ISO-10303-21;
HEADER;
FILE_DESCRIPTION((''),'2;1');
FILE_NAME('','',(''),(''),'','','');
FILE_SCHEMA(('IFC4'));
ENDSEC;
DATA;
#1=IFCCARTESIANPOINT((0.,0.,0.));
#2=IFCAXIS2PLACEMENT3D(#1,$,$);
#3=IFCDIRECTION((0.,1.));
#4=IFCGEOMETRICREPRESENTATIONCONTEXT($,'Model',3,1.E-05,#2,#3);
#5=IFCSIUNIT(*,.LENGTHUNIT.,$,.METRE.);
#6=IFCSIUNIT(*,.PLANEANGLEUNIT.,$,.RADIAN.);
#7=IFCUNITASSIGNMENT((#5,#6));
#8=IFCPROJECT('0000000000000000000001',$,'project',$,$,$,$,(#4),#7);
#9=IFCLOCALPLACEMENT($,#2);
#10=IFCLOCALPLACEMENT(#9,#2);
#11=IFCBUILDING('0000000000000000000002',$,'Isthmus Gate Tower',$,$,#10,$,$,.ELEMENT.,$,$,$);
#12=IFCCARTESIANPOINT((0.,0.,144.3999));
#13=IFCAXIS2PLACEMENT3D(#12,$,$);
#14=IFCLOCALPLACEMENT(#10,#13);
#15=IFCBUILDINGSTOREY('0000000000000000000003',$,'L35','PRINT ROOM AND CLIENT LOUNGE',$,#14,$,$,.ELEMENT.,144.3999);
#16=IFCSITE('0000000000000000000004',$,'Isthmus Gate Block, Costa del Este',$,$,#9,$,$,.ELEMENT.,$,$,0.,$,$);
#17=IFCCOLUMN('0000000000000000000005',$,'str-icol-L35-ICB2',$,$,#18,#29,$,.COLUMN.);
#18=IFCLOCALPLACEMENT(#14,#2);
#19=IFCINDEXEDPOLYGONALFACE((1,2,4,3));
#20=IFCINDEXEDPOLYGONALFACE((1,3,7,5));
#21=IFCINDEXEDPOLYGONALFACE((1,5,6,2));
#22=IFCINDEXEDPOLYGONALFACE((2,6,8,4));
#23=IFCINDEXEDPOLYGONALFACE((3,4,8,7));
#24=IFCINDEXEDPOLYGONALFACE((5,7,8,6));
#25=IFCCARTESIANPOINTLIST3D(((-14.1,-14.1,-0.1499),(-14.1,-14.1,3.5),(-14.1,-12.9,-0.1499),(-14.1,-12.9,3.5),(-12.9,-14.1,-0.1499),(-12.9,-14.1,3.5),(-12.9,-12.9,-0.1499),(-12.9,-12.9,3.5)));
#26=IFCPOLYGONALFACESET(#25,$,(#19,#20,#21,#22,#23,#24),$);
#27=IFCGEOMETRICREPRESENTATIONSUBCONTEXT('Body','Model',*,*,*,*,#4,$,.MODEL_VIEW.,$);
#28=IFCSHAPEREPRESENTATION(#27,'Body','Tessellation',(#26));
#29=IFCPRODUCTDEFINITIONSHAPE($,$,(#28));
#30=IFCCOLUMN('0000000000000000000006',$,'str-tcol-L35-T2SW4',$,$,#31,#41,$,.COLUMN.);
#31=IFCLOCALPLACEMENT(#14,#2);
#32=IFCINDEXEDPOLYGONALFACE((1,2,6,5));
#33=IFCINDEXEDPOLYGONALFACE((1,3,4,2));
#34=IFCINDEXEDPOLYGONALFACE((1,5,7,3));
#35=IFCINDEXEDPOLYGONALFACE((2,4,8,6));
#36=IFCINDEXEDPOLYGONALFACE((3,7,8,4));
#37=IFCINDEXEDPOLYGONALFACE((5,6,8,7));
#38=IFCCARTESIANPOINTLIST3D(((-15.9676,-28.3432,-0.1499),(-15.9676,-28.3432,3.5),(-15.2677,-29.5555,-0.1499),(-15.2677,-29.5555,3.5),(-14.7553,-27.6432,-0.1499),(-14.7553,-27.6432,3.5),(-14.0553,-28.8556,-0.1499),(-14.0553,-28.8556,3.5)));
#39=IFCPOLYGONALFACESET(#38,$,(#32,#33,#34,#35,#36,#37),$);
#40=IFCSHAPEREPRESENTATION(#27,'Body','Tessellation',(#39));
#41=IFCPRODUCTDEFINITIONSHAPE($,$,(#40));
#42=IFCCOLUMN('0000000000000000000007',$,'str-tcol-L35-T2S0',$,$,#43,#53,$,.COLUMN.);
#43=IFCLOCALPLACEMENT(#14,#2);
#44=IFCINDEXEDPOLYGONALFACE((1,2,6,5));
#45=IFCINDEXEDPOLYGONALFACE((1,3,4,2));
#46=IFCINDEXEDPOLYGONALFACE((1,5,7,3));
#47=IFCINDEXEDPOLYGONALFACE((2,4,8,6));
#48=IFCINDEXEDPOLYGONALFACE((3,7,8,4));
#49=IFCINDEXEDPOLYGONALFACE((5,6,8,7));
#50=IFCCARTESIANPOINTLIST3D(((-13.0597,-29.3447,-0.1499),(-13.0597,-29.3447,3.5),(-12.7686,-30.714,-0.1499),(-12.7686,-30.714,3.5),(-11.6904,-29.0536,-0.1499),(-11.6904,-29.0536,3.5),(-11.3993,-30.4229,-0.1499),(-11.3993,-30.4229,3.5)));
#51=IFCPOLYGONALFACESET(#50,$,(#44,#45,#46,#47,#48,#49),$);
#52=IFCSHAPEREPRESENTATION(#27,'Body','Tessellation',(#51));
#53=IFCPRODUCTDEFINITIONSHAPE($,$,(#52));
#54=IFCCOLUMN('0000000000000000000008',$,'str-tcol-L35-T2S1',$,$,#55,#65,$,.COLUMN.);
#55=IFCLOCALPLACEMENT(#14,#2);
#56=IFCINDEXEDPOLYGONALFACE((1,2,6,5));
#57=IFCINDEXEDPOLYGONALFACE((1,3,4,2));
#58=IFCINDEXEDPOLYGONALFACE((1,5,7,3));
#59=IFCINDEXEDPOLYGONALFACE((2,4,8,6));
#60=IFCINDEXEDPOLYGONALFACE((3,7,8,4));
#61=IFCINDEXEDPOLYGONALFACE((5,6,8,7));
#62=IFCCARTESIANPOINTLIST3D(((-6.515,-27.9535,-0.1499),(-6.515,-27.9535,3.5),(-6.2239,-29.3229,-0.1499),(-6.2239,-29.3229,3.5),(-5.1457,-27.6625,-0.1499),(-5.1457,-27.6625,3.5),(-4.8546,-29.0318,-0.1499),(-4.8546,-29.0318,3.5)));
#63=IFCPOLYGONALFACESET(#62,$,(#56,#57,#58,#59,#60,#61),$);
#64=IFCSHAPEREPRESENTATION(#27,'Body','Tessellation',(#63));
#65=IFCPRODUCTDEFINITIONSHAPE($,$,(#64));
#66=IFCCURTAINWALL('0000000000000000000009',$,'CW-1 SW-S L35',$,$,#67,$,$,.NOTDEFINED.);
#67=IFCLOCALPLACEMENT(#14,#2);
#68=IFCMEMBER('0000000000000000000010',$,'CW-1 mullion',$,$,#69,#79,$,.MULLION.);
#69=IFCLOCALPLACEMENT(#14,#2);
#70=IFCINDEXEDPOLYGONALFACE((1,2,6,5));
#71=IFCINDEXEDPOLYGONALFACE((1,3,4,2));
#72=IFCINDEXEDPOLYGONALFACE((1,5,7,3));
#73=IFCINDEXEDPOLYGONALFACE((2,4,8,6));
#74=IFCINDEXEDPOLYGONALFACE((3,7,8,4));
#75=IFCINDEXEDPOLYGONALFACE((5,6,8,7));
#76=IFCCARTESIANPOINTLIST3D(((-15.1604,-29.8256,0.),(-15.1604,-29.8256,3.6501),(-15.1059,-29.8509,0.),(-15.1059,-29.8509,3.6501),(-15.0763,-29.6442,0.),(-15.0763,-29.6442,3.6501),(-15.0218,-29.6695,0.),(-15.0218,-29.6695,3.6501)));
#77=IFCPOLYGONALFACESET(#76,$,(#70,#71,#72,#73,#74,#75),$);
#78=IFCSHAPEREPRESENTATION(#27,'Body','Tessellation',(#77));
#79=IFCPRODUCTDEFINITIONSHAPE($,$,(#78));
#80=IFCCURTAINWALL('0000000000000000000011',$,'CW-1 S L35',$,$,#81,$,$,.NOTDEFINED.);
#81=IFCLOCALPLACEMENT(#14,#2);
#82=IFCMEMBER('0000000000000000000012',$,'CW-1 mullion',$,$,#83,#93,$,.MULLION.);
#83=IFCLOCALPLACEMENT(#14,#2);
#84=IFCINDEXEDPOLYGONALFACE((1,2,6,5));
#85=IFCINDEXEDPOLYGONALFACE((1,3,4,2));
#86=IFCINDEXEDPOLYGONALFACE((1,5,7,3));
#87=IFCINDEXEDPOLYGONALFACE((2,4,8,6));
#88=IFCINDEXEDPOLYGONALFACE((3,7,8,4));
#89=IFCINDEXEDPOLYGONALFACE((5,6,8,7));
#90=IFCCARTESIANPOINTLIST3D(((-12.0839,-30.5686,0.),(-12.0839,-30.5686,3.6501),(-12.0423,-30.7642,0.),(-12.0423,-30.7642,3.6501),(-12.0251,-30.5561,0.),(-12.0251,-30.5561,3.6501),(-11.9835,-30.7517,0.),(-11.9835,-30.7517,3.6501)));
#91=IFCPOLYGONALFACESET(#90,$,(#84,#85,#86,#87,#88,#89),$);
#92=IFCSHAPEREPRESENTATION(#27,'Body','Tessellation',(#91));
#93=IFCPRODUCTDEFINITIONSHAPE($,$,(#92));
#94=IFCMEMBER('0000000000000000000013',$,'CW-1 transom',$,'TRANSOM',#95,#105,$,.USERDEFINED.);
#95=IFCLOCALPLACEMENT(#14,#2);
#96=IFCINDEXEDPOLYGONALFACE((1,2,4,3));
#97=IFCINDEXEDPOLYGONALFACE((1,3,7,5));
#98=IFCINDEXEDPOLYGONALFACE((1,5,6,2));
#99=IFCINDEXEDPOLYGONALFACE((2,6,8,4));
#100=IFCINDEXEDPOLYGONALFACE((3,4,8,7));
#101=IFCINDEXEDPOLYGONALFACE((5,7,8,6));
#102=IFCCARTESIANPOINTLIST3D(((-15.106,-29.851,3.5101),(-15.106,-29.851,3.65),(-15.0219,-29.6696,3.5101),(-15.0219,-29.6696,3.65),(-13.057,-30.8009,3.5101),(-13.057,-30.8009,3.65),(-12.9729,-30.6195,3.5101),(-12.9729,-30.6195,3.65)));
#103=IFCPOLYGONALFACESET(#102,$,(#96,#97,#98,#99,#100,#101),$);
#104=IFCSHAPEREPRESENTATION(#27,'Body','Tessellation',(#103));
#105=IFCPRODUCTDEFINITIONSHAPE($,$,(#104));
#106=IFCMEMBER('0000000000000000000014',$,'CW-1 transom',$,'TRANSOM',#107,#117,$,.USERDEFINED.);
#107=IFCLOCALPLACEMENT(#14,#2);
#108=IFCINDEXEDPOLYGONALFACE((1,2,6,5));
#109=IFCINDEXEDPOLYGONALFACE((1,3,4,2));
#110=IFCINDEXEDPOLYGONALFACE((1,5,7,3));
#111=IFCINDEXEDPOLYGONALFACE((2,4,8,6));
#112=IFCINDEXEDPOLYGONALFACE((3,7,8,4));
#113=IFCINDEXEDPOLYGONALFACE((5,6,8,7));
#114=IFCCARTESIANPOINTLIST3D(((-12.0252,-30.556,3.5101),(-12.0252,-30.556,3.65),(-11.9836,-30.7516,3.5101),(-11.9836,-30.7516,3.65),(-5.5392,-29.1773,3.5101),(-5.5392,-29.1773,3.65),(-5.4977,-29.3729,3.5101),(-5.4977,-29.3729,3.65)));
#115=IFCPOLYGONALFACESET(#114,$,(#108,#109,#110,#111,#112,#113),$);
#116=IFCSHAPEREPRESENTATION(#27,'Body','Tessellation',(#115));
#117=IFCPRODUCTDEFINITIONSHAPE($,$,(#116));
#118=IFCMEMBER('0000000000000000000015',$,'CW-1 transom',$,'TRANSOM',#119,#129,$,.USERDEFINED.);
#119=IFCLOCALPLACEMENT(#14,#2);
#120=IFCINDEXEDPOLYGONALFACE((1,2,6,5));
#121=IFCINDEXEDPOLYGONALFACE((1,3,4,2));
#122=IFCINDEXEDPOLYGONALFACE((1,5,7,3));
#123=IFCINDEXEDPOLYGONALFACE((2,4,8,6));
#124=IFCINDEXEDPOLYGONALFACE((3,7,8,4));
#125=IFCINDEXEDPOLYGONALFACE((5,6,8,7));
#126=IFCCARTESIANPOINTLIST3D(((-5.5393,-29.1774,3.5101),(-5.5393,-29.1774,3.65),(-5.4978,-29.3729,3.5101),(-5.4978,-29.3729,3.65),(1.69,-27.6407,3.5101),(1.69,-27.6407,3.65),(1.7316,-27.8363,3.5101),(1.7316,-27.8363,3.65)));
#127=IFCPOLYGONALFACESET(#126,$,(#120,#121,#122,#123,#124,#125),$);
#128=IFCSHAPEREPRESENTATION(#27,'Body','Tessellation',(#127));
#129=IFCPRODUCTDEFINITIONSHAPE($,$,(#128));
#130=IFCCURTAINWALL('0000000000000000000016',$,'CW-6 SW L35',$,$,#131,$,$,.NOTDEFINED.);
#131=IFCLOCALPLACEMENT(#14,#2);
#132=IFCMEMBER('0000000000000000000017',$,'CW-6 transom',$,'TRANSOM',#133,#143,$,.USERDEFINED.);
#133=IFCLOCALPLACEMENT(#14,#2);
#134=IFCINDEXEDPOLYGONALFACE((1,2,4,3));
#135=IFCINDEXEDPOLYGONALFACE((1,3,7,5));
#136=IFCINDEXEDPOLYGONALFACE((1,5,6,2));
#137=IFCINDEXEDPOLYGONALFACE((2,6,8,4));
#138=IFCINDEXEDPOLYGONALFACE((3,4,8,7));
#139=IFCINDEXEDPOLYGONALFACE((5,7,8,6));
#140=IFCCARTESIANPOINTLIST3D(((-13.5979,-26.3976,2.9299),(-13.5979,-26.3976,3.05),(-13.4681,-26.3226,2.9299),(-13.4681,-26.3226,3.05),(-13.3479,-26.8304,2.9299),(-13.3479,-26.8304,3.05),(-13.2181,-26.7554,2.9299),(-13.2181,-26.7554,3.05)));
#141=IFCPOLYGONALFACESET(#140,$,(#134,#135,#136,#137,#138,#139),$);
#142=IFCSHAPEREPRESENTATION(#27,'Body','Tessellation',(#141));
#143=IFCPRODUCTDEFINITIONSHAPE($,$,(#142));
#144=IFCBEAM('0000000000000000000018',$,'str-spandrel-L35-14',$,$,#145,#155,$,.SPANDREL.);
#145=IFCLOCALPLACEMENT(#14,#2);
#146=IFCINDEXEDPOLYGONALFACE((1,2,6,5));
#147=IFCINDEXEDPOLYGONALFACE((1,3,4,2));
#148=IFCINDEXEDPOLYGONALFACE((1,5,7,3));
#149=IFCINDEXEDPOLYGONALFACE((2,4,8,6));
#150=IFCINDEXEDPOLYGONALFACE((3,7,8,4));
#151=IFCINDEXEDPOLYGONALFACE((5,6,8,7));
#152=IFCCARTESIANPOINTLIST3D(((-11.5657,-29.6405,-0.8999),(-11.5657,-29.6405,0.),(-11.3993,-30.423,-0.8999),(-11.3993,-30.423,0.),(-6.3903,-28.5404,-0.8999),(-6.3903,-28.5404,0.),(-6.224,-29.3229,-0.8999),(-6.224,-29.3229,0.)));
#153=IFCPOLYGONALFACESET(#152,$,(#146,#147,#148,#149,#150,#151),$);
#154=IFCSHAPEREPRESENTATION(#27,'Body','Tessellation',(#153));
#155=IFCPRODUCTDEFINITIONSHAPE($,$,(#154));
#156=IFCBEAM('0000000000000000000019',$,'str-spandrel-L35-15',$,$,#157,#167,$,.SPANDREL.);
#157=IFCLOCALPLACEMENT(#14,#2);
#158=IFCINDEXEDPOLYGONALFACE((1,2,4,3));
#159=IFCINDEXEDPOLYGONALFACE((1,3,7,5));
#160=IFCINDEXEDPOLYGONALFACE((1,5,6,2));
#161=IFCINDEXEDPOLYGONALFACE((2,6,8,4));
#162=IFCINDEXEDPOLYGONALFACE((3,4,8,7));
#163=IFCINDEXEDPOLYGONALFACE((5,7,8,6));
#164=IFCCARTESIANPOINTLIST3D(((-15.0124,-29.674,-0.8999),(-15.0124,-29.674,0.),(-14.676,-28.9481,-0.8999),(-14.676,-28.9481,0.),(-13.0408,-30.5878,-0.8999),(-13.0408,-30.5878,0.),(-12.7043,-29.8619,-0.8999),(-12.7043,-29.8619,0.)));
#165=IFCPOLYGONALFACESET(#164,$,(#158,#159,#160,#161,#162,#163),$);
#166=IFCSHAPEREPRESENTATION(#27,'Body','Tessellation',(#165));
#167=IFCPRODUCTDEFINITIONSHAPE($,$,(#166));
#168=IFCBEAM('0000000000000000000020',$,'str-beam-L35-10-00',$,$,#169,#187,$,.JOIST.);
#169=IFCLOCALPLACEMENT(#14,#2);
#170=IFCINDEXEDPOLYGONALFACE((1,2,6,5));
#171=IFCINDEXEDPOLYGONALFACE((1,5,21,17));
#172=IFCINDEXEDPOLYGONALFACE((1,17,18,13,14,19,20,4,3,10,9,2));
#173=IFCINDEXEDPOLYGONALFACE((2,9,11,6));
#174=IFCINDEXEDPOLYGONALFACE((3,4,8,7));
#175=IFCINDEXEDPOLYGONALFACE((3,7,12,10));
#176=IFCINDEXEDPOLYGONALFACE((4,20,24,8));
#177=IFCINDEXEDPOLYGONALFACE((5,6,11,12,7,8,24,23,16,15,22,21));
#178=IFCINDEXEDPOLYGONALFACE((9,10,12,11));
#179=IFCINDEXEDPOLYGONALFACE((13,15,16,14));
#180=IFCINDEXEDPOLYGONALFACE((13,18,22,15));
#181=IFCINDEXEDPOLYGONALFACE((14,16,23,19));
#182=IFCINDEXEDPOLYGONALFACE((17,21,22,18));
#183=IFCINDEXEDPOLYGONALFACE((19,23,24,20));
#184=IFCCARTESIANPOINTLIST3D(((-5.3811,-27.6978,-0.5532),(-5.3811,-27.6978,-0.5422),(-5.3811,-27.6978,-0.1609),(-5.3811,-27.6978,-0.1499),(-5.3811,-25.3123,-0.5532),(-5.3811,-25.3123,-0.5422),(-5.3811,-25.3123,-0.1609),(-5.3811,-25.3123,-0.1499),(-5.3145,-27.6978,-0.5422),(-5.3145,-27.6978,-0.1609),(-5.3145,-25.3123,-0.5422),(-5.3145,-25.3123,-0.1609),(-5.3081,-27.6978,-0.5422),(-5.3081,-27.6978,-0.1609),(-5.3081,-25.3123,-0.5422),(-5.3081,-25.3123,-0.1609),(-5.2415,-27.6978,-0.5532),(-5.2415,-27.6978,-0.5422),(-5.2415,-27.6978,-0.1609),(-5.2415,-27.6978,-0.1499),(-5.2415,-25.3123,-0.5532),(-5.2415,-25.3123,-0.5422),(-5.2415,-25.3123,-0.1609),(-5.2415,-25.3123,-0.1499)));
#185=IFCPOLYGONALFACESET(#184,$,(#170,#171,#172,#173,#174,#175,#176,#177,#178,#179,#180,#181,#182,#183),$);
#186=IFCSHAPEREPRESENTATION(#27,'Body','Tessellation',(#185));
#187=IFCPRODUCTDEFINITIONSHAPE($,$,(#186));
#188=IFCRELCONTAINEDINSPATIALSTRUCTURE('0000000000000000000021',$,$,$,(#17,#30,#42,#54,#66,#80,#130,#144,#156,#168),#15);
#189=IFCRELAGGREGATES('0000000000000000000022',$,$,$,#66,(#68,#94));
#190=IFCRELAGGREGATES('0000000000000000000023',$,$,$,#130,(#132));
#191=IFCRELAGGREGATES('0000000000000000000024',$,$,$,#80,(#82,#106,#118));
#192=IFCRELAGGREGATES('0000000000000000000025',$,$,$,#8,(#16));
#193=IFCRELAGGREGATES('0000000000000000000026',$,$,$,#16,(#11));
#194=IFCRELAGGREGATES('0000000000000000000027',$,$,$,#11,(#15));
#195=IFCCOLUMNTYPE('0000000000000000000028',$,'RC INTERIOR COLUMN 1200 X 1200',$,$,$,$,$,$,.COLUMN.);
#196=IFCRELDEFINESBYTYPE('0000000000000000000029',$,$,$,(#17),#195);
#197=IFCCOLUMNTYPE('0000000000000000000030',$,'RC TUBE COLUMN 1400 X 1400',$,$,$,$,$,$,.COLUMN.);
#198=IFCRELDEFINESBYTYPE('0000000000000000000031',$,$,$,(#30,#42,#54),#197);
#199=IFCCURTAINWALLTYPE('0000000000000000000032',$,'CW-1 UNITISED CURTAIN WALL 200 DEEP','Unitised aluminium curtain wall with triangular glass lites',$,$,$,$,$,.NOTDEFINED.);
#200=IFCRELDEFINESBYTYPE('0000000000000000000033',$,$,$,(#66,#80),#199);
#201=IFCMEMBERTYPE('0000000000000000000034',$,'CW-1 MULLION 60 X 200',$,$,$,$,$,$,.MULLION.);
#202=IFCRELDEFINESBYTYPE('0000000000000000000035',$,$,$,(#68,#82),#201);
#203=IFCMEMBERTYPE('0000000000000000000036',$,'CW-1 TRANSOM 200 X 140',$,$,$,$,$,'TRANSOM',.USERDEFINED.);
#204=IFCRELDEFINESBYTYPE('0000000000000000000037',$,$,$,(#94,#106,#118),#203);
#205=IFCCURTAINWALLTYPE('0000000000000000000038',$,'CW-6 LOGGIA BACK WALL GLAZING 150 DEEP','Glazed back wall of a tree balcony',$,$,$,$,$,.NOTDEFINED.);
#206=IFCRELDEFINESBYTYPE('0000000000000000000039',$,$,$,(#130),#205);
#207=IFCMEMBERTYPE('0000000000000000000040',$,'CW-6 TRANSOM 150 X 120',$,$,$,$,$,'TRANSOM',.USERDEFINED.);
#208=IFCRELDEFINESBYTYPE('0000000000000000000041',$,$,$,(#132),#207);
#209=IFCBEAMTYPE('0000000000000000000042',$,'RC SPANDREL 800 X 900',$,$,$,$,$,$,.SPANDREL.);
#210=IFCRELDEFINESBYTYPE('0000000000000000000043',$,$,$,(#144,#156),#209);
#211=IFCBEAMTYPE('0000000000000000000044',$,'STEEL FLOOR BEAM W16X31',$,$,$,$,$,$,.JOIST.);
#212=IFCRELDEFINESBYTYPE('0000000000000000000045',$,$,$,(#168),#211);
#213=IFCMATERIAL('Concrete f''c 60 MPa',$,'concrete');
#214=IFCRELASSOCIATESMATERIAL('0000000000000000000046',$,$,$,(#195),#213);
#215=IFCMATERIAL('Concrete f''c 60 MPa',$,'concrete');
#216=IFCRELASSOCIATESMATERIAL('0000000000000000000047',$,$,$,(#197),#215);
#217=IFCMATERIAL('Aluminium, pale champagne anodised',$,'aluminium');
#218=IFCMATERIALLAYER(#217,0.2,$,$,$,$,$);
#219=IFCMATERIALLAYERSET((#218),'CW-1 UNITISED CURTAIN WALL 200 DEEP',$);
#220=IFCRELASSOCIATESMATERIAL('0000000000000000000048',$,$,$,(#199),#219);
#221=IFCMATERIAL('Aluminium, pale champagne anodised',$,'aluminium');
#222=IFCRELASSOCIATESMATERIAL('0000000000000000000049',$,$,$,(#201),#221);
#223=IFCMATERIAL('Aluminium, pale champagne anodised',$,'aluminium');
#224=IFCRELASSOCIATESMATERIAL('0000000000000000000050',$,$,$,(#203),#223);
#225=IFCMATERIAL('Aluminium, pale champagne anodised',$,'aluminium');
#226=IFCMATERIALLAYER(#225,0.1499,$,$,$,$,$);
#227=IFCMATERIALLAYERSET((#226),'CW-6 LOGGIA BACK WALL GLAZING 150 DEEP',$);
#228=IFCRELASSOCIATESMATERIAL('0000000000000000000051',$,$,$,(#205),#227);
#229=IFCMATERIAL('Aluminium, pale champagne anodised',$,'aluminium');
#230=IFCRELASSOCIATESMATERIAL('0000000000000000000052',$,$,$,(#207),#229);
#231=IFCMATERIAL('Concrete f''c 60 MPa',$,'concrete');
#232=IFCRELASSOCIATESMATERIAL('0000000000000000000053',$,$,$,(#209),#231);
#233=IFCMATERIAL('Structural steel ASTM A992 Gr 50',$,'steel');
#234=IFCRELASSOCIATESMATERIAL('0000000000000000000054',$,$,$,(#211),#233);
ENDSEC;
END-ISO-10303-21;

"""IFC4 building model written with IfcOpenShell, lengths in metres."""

from ifc_helpers import new_model, si_unit, direction, frame, origin, origin_2d, place, context, subcontext, project, spatial, rectangle, i_section, extrude, material, layer, layer_set, material_profile, profile_set, type_object, element, aggregate, save


model = new_model("IFC4")

# Units and contexts
model_context = context("Model", 3, precision=1e-05, world=origin(), true_north=direction((0.0, 1.0)))
body_context = subcontext(model_context, "Body", "Model", "MODEL_VIEW")
ifc_project = project(units=[si_unit("LENGTHUNIT", "METRE"), si_unit("PLANEANGLEUNIT", "RADIAN")], contexts=[model_context])

# Site, building, storey
site_placement = place(None, origin())
site = spatial("IfcSite", under=ifc_project, at=site_placement, Name="Isthmus Gate Block, Costa del Este", CompositionType="ELEMENT", RefElevation=0.0)
building_placement = place(site_placement, origin())
building = spatial("IfcBuilding", under=site, at=building_placement, Name="Isthmus Gate Tower", CompositionType="ELEMENT")
storey_placement = place(building_placement, frame((0.0, 0.0, 144.3999)))
storey = spatial("IfcBuildingStorey", under=building, at=storey_placement, Name="L35", Description="PRINT ROOM AND CLIENT LOUNGE", CompositionType="ELEMENT", Elevation=144.3999)

# Columns
ifc_material_1 = material(Name="Concrete f'c 60 MPa", Category="concrete")
ifc_material_profile_1 = material_profile(ifc_material_1, rectangle(XDim=1.2, YDim=1.2, at=origin_2d()), Name="RC 1200X1200")
ifc_profile_set_1 = profile_set([ifc_material_profile_1], Name="Concrete f'c 60 MPa")
column_type_1 = type_object("IfcColumnType", Name="RC INTERIOR COLUMN 1200 X 1200", PredefinedType="COLUMN", material=ifc_profile_set_1)
column_placement = place(storey_placement, frame((-13.5, -13.5, -0.1499), z_axis=(0.0, 0.0, 1.0), x_axis=(1.0, 0.0, 0.0)))
element("IfcColumn", 1, at=column_placement, inside=storey, type_object=column_type_1, Name="str-icol-L35-ICB2", PredefinedType="COLUMN", context=body_context, shape_type="SweptSolid", body=[
    extrude(rectangle(XDim=1.2, YDim=1.2, at=origin_2d()), origin(), (0.0, 0.0, 1.0), 3.6499),
])
ifc_material_2 = material(Name="Concrete f'c 60 MPa", Category="concrete")
ifc_material_profile_2 = material_profile(ifc_material_2, rectangle(XDim=1.3999, YDim=1.3999, at=origin_2d()), Name="RC 1400X1400")
ifc_profile_set_2 = profile_set([ifc_material_profile_2], Name="Concrete f'c 60 MPa")
column_type_2 = type_object("IfcColumnType", Name="RC TUBE COLUMN 1400 X 1400", PredefinedType="COLUMN", material=ifc_profile_set_2)
for number, where, z_axis, x_axis, name in (
    (2, (-15.0115, -28.5994, -0.1499), (0.0, 0.0, 1.0), (0.5, -0.866025, 0.0), "str-tcol-L35-T2SW4"),
    (3, (-12.2295, -29.8838, -0.1499), (0.0, 0.0, 1.0), (0.978148, 0.207912, 0.0), "str-tcol-L35-T2S0"),
    (4, (-5.6848, -28.4927, -0.1499), (0.0, 0.0, 1.0), (0.978148, 0.207912, 0.0), "str-tcol-L35-T2S1"),
):
    element("IfcColumn", number, at=place(storey_placement, frame(where, z_axis=z_axis, x_axis=x_axis)), inside=storey, type_object=column_type_2, Name=name, PredefinedType="COLUMN", context=body_context, shape_type="SweptSolid", body=[
        extrude(rectangle(XDim=1.3999, YDim=1.3999, at=origin_2d()), origin(), (0.0, 0.0, 1.0), 3.6499),
    ])

# Curtain walls, members
ifc_material_3 = material(Name="Aluminium, pale champagne anodised", Category="aluminium")
ifc_layer_1 = layer(ifc_material_3, 0.2)
ifc_layer_set_1 = layer_set([ifc_layer_1], Name="CW-1 UNITISED CURTAIN WALL 200 DEEP")
curtain_wall_type_1 = type_object("IfcCurtainWallType", Name="CW-1 UNITISED CURTAIN WALL 200 DEEP", Description="Unitised aluminium curtain wall with triangular glass lites", PredefinedType="NOTDEFINED", material=ifc_layer_set_1)
curtain_wall_1_placement = place(storey_placement, origin())
curtain_wall_1 = element("IfcCurtainWall", 5, at=curtain_wall_1_placement, inside=storey, type_object=curtain_wall_type_1, Name="CW-1 SW-S L35", PredefinedType="NOTDEFINED")
ifc_material_4 = material(Name="Aluminium, pale champagne anodised", Category="aluminium")
ifc_material_profile_3 = material_profile(ifc_material_4, rectangle(XDim=0.0601, YDim=0.2, at=origin_2d()), Name="60x200")
ifc_profile_set_3 = profile_set([ifc_material_profile_3], Name="Aluminium, pale champagne anodised")
member_type_1 = type_object("IfcMemberType", Name="CW-1 MULLION 60 X 200", PredefinedType="MULLION", material=ifc_profile_set_3)
member_1_placement = place(storey_placement, frame((-15.0911, -29.7476, 0.0), z_axis=(0.0, 0.0, 1.0), x_axis=(0.907256, -0.420578, 0.0)))
member_1 = element("IfcMember", 6, at=member_1_placement, type_object=member_type_1, Name="CW-1 mullion", PredefinedType="MULLION", context=body_context, shape_type="SweptSolid", body=[
    extrude(rectangle(XDim=0.0601, YDim=0.2, at=origin_2d()), origin(), (0.0, 0.0, 1.0), 3.6501),
])
curtain_wall_2_placement = place(storey_placement, origin())
curtain_wall_2 = element("IfcCurtainWall", 7, at=curtain_wall_2_placement, inside=storey, type_object=curtain_wall_type_1, Name="CW-1 S L35", PredefinedType="NOTDEFINED")
member_2_placement = place(storey_placement, frame((-12.0337, -30.6602, 0.0), z_axis=(0.0, 0.0, 1.0), x_axis=(0.978148, 0.207912, 0.0)))
member_2 = element("IfcMember", 8, at=member_2_placement, type_object=member_type_1, Name="CW-1 mullion", PredefinedType="MULLION", context=body_context, shape_type="SweptSolid", body=[
    extrude(rectangle(XDim=0.0601, YDim=0.2, at=origin_2d()), origin(), (0.0, 0.0, 1.0), 3.6501),
])

# Members
ifc_material_5 = material(Name="Aluminium, pale champagne anodised", Category="aluminium")
ifc_material_profile_4 = material_profile(ifc_material_5, rectangle(XDim=0.2, YDim=0.1399, at=origin_2d()), Name="200x140")
ifc_profile_set_4 = profile_set([ifc_material_profile_4], Name="Aluminium, pale champagne anodised")
member_type_2 = type_object("IfcMemberType", Name="CW-1 TRANSOM 200 X 140", ElementType="TRANSOM", PredefinedType="USERDEFINED", material=ifc_profile_set_4)
member_3_placement = place(storey_placement, frame((-15.064, -29.7603, 3.5801), z_axis=(0.907246, -0.4206, 0.0), x_axis=(0.4206, 0.907246, 0.0)))
member_3 = element("IfcMember", 9, at=member_3_placement, type_object=member_type_2, Name="CW-1 transom", ObjectType="TRANSOM", PredefinedType="USERDEFINED", context=body_context, shape_type="SweptSolid", body=[
    extrude(rectangle(XDim=0.2, YDim=0.1399, at=origin_2d()), origin(), (0.0, 0.0, 1.0), 2.2585),
])
member_4_placement = place(storey_placement, frame((-12.0044, -30.6538, 3.5801), z_axis=(0.978146, 0.20792, 0.0), x_axis=(-0.20792, 0.978146, 0.0)))
member_4 = element("IfcMember", 10, at=member_4_placement, type_object=member_type_2, Name="CW-1 transom", ObjectType="TRANSOM", PredefinedType="USERDEFINED", context=body_context, shape_type="SweptSolid", body=[
    extrude(rectangle(XDim=0.2, YDim=0.1399, at=origin_2d()), origin(), (0.0, 0.0, 1.0), 6.6309),
])
member_5_placement = place(storey_placement, frame((-5.5186, -29.2751, 3.5801), z_axis=(0.978148, 0.207911, 0.0), x_axis=(-0.207911, 0.978148, 0.0)))
member_5 = element("IfcMember", 11, at=member_5_placement, type_object=member_type_2, Name="CW-1 transom", ObjectType="TRANSOM", PredefinedType="USERDEFINED", context=body_context, shape_type="SweptSolid", body=[
    extrude(rectangle(XDim=0.2, YDim=0.1399, at=origin_2d()), origin(), (0.0, 0.0, 1.0), 7.3909),
])

# Curtain wall, member
ifc_material_6 = material(Name="Aluminium, pale champagne anodised", Category="aluminium")
ifc_layer_2 = layer(ifc_material_6, 0.1499)
ifc_layer_set_2 = layer_set([ifc_layer_2], Name="CW-6 LOGGIA BACK WALL GLAZING 150 DEEP")
curtain_wall_type_2 = type_object("IfcCurtainWallType", Name="CW-6 LOGGIA BACK WALL GLAZING 150 DEEP", Description="Glazed back wall of a tree balcony", PredefinedType="NOTDEFINED", material=ifc_layer_set_2)
curtain_wall_3_placement = place(storey_placement, origin())
curtain_wall_3 = element("IfcCurtainWall", 12, at=curtain_wall_3_placement, inside=storey, type_object=curtain_wall_type_2, Name="CW-6 SW L35", PredefinedType="NOTDEFINED")
ifc_material_7 = material(Name="Aluminium, pale champagne anodised", Category="aluminium")
ifc_material_profile_5 = material_profile(ifc_material_7, rectangle(XDim=0.1499, YDim=0.1201, at=origin_2d()), Name="150x120")
ifc_profile_set_5 = profile_set([ifc_material_profile_5], Name="Aluminium, pale champagne anodised")
member_type_3 = type_object("IfcMemberType", Name="CW-6 TRANSOM 150 X 120", ElementType="TRANSOM", PredefinedType="USERDEFINED", material=ifc_profile_set_5)
member_6_placement = place(storey_placement, frame((-13.533, -26.3601, 2.99), z_axis=(0.500131, -0.86595, 0.0), x_axis=(0.86595, 0.500131, 0.0)))
member_6 = element("IfcMember", 13, at=member_6_placement, type_object=member_type_3, Name="CW-6 transom", ObjectType="TRANSOM", PredefinedType="USERDEFINED", context=body_context, shape_type="SweptSolid", body=[
    extrude(rectangle(XDim=0.1499, YDim=0.1201, at=origin_2d()), origin(), (0.0, 0.0, 1.0), 0.4998),
])

# Beams
ifc_material_8 = material(Name="Concrete f'c 60 MPa", Category="concrete")
ifc_material_profile_6 = material_profile(ifc_material_8, rectangle(XDim=0.8, YDim=0.8999, at=origin_2d()), Name="RC 800X900")
ifc_profile_set_6 = profile_set([ifc_material_profile_6], Name="Concrete f'c 60 MPa")
beam_type_1 = type_object("IfcBeamType", Name="RC SPANDREL 800 X 900", PredefinedType="SPANDREL", material=ifc_profile_set_6)
beam_1_placement = place(storey_placement, frame((-6.3071, -28.9316, -0.45), z_axis=(-0.978145, -0.207922, 0.0), x_axis=(0.207922, -0.978145, 0.0)))
element("IfcBeam", 14, at=beam_1_placement, inside=storey, type_object=beam_type_1, Name="str-spandrel-L35-14", PredefinedType="SPANDREL", context=body_context, shape_type="SweptSolid", body=[
    extrude(rectangle(XDim=0.8, YDim=0.8999, at=origin_2d()), origin(), (0.0, 0.0, 1.0), 5.291),
])
beam_2_placement = place(storey_placement, frame((-12.8726, -30.2249, -0.45), z_axis=(-0.907291, 0.420504, 0.0), x_axis=(-0.420504, -0.907291, 0.0)))
element("IfcBeam", 15, at=beam_2_placement, inside=storey, type_object=beam_type_1, Name="str-spandrel-L35-15", PredefinedType="SPANDREL", context=body_context, shape_type="SweptSolid", body=[
    extrude(rectangle(XDim=0.8, YDim=0.8999, at=origin_2d()), origin(), (0.0, 0.0, 1.0), 2.1731),
])
ifc_material_9 = material(Name="Structural steel ASTM A992 Gr 50", Category="steel")
ifc_material_profile_7 = material_profile(ifc_material_9, i_section(OverallWidth=0.1396, OverallDepth=0.4033, WebThickness=0.0063, FlangeThickness=0.011, at=origin_2d()), Name="W16X31")
ifc_profile_set_7 = profile_set([ifc_material_profile_7], Name="Structural steel ASTM A992 Gr 50")
beam_type_2 = type_object("IfcBeamType", Name="STEEL FLOOR BEAM W16X31", PredefinedType="JOIST", material=ifc_profile_set_7)
beam_3_placement = place(storey_placement, frame((-5.3113, -27.6978, -0.3516), z_axis=(0.0, 1.0, 0.0), x_axis=(-1.0, 0.0, 0.0)))
element("IfcBeam", 16, at=beam_3_placement, inside=storey, type_object=beam_type_2, Name="str-beam-L35-10-00", PredefinedType="JOIST", context=body_context, shape_type="SweptSolid", body=[
    extrude(i_section(OverallWidth=0.1396, OverallDepth=0.4033, WebThickness=0.0063, FlangeThickness=0.011, at=origin_2d()), origin(), (0.0, 0.0, 1.0), 2.3855),
])

aggregate(curtain_wall_1, [member_1, member_3])
aggregate(curtain_wall_3, [member_6])

aggregate(curtain_wall_2, [member_2, member_4, member_5])

save(model, "model.ifc")
